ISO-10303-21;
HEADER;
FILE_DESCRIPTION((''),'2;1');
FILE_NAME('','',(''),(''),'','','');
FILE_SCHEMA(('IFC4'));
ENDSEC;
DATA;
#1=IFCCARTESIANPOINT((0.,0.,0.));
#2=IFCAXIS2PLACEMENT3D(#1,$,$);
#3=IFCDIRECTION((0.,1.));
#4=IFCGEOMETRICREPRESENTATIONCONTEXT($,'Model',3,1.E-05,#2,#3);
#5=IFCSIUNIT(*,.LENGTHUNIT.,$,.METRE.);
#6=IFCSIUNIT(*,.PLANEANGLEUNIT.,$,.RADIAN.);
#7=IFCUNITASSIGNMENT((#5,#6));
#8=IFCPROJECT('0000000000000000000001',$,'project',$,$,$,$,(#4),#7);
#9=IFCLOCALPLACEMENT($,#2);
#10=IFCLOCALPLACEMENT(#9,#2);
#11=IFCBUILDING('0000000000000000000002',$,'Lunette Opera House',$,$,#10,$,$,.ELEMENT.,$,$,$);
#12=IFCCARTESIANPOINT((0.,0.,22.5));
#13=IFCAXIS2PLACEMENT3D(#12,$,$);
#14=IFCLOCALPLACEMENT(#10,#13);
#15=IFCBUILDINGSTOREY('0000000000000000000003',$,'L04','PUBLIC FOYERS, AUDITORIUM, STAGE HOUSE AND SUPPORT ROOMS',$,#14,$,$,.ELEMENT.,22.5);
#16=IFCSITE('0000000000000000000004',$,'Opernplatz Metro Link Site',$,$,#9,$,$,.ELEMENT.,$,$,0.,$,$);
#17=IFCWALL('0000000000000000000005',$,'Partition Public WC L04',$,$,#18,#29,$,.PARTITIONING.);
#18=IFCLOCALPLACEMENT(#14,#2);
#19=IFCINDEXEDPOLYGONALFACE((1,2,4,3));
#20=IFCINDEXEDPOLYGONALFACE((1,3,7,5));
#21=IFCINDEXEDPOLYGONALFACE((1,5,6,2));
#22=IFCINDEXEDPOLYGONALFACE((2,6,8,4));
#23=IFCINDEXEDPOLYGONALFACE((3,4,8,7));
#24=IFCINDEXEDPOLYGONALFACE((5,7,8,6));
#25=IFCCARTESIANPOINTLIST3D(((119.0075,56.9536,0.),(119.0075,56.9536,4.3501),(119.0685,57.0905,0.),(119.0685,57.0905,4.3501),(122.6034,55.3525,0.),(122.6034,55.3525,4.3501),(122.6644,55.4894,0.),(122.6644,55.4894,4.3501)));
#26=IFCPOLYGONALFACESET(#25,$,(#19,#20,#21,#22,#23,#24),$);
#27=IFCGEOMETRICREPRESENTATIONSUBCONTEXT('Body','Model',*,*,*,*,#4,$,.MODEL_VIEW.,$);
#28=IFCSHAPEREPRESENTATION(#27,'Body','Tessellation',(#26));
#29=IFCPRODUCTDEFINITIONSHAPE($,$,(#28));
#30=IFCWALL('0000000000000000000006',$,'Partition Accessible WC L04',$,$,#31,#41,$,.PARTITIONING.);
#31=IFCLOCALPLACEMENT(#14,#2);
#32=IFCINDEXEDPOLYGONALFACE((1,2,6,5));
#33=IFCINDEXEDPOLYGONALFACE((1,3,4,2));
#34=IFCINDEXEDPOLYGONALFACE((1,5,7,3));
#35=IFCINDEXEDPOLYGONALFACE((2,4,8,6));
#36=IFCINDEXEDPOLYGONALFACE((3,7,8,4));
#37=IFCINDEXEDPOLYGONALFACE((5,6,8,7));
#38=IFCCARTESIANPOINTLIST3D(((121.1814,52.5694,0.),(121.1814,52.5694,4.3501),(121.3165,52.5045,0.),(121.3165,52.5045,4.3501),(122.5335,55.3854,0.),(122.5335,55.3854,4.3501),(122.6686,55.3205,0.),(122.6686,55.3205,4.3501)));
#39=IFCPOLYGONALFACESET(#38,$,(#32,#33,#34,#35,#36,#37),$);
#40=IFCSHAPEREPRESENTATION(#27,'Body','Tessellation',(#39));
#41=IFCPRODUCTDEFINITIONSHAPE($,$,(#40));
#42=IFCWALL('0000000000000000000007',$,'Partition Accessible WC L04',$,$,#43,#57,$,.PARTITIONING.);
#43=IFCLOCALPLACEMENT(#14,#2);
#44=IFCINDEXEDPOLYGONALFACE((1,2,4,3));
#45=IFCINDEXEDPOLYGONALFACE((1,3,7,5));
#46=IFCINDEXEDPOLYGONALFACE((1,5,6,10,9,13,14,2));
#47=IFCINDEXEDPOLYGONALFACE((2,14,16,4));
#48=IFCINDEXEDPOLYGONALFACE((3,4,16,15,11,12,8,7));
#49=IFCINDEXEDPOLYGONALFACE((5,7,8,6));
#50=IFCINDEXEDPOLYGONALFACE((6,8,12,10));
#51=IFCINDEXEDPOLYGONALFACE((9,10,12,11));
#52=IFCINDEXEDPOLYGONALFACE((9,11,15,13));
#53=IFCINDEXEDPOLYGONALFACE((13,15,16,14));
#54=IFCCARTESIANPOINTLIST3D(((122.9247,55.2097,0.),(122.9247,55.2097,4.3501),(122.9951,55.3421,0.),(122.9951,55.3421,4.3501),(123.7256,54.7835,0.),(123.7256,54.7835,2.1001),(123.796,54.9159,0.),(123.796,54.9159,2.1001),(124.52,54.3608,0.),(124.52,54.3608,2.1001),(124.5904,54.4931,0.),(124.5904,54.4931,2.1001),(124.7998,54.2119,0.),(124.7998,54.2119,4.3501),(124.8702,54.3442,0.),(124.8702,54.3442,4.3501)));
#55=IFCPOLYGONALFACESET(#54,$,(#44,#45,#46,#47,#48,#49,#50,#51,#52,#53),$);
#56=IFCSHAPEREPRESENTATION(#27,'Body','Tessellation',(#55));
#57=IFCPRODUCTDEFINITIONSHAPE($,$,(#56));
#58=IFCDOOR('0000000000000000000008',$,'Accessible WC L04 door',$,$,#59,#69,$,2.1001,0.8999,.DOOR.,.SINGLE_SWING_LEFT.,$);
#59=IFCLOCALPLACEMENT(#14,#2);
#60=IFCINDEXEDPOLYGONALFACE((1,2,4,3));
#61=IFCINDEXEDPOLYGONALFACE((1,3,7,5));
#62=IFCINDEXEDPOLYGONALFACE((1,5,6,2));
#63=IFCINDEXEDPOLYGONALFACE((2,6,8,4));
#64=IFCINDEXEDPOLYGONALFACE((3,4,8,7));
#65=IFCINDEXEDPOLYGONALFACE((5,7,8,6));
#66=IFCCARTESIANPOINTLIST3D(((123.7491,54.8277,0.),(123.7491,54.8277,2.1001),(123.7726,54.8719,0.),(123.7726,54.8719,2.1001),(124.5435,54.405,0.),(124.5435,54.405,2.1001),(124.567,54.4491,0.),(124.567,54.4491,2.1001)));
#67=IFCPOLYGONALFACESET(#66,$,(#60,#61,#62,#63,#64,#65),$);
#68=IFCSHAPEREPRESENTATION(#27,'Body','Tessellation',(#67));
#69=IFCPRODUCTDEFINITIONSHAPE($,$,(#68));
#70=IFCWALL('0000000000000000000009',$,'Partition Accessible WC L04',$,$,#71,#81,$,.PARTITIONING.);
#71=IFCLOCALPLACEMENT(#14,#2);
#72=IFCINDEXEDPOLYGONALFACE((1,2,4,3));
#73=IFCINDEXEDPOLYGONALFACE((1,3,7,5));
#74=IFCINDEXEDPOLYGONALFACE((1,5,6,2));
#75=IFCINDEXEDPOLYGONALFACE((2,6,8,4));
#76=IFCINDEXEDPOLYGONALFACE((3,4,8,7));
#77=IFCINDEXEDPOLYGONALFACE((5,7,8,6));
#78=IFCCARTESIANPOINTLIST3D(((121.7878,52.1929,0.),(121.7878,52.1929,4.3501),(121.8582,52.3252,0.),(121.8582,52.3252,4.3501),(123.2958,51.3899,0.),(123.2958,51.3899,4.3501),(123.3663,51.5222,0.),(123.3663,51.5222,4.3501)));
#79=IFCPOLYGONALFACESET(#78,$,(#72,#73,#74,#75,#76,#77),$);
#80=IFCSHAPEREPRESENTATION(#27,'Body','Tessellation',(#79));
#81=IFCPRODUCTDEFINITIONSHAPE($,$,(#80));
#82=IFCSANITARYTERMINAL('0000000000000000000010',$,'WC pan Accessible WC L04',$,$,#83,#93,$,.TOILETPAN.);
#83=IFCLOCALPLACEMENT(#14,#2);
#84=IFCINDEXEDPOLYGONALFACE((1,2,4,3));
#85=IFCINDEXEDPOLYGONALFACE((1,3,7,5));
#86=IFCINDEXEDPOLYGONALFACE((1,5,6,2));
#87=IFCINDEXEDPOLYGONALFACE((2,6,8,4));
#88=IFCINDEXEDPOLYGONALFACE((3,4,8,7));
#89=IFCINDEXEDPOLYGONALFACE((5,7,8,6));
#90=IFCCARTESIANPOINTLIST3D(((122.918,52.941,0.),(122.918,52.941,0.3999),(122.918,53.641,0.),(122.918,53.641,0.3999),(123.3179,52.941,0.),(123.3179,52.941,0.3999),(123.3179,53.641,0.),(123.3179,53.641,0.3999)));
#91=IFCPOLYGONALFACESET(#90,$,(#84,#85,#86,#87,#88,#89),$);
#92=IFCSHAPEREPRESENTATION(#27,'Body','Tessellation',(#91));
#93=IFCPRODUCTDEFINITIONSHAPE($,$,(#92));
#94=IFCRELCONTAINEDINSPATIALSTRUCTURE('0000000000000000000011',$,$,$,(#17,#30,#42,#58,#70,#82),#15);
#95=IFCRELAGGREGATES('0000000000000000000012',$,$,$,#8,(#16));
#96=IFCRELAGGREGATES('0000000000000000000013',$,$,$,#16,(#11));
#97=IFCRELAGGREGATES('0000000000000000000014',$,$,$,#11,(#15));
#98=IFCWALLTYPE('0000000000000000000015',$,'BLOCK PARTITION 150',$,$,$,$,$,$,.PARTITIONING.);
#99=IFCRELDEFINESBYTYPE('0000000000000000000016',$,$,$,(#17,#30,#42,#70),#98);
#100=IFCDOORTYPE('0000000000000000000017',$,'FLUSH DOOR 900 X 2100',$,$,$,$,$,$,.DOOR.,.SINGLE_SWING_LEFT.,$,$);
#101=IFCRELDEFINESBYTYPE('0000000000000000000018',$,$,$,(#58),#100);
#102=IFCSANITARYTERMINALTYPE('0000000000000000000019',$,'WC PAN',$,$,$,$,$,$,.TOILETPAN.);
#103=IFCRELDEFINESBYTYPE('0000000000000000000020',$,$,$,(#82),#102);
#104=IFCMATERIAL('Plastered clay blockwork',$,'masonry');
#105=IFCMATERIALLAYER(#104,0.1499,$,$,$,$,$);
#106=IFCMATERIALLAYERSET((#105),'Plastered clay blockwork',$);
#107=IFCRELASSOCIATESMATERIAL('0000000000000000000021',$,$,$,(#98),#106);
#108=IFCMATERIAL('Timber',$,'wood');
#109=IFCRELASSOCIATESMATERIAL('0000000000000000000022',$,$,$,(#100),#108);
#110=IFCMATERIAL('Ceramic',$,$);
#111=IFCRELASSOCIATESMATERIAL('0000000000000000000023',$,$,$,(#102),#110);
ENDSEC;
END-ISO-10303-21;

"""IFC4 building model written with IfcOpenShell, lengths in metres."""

from ifc_helpers import new_model, si_unit, direction, frame, frame_2d, origin, origin_2d, place, context, subcontext, project, spatial, rectangle, extrude, material, layer, layer_set, type_object, element, fill, save


model = new_model("IFC4")

# Units and contexts
model_context = context("Model", 3, precision=1e-05, world=origin(), true_north=direction((0.0, 1.0)))
body_context = subcontext(model_context, "Body", "Model", "MODEL_VIEW")
ifc_project = project(units=[si_unit("LENGTHUNIT", "METRE"), si_unit("PLANEANGLEUNIT", "RADIAN")], contexts=[model_context])

# Site, building, storey
site_placement = place(None, origin())
site = spatial("IfcSite", under=ifc_project, at=site_placement, Name="Opernplatz Metro Link Site", CompositionType="ELEMENT", RefElevation=0.0)
building_placement = place(site_placement, origin())
building = spatial("IfcBuilding", under=site, at=building_placement, Name="Lunette Opera House", CompositionType="ELEMENT")
storey_placement = place(building_placement, frame((0.0, 0.0, 22.5)))
storey = spatial("IfcBuildingStorey", under=building, at=storey_placement, Name="L04", Description="PUBLIC FOYERS, AUDITORIUM, STAGE HOUSE AND SUPPORT ROOMS", CompositionType="ELEMENT", Elevation=22.5)

# Shared definitions
ifc_material_1 = material(Name="Plastered clay blockwork", Category="masonry")
ifc_layer_1 = layer(ifc_material_1, 0.1499)
ifc_layer_set_1 = layer_set([ifc_layer_1], Name="Plastered clay blockwork")
wall_type_1 = type_object("IfcWallType", Name="BLOCK PARTITION 150", PredefinedType="PARTITIONING", material=ifc_layer_set_1)
ifc_material_2 = material(Name="Timber", Category="wood")
door_type = type_object("IfcDoorType", Name="FLUSH DOOR 900 X 2100", OperationType="SINGLE_SWING_LEFT", PredefinedType="DOOR", material=ifc_material_2)

# Walls
wall_1_placement = place(storey_placement, frame((122.634, 55.4209, 0.0), z_axis=(0.0, 0.0, 1.0), x_axis=(-0.91354, 0.406748, 0.0)))
element("IfcWall", 1, at=wall_1_placement, inside=storey, type_object=wall_type_1, Name="Partition Public WC L04", PredefinedType="PARTITIONING", context=body_context, shape_type="SweptSolid", body=[
    extrude(rectangle(XDim=3.9363, YDim=0.1499, at=frame_2d((1.9683, 0.0))), origin(), (0.0, 0.0, 1.0), 4.3501),
])
wall_2_placement = place(storey_placement, frame((122.6011, 55.353, 0.0), z_axis=(0.0, 0.0, 1.0), x_axis=(-0.432838, -0.901472, 0.0)))
element("IfcWall", 2, at=wall_2_placement, inside=storey, type_object=wall_type_1, Name="Partition Accessible WC L04", PredefinedType="PARTITIONING", context=body_context, shape_type="SweptSolid", body=[
    extrude(rectangle(XDim=3.1238, YDim=0.1499, at=frame_2d((1.562, 0.0))), origin(), (0.0, 0.0, 1.0), 4.3501),
])

# Wall, opening, door
wall_3_placement = place(storey_placement, frame((124.835, 54.2781, 0.0), z_axis=(0.0, 0.0, 1.0), x_axis=(-0.882782, 0.469783, 0.0)))
wall_3 = element("IfcWall", 3, at=wall_3_placement, inside=storey, type_object=wall_type_1, Name="Partition Accessible WC L04", PredefinedType="PARTITIONING", context=body_context, shape_type="SweptSolid", body=[
    extrude(rectangle(XDim=2.124, YDim=0.1499, at=frame_2d((1.062, 0.0))), origin(), (0.0, 0.0, 1.0), 4.3501),
])
opening_1_placement = place(wall_3_placement, frame((0.3169, 0.0, 0.0)))
opening_1 = element("IfcOpeningElement", 4, at=opening_1_placement, cuts=wall_3, PredefinedType="OPENING", context=body_context, shape_type="SweptSolid", body=[
    extrude(rectangle(XDim=0.8999, YDim=2.1001, at=frame_2d((0.45, 1.05))), frame((0.0, 0.0869, 0.0), z_axis=(0.0, -1.0, 0.0), x_axis=(1.0, 0.0, 0.0)), (0.0, 0.0, 1.0), 0.1738),
])
door_1_placement = place(opening_1_placement, origin())
door_1 = element("IfcDoor", 5, at=door_1_placement, inside=storey, type_object=door_type, Name="Accessible WC L04 door", OperationType="SINGLE_SWING_LEFT", OverallHeight=2.1001, OverallWidth=0.8999, PredefinedType="DOOR", context=body_context, shape_type="SweptSolid", body=[
    extrude(rectangle(XDim=0.8999, YDim=2.1001, at=frame_2d((0.45, 1.05))), frame((0.0, 0.0249, 0.0), z_axis=(0.0, -1.0, 0.0), x_axis=(1.0, 0.0, 0.0)), (0.0, 0.0, 1.0), 0.05),
])
fill(opening_1, door_1)

# Wall
wall_4_placement = place(storey_placement, frame((121.823, 52.259, 0.0), z_axis=(0.0, 0.0, 1.0), x_axis=(0.882673, -0.469987, 0.0)))
element("IfcWall", 6, at=wall_4_placement, inside=storey, type_object=wall_type_1, Name="Partition Accessible WC L04", PredefinedType="PARTITIONING", context=body_context, shape_type="SweptSolid", body=[
    extrude(rectangle(XDim=1.7085, YDim=0.1499, at=frame_2d((0.8542, 0.0))), origin(), (0.0, 0.0, 1.0), 4.3501),
])

# Sanitary terminal
ifc_material_3 = material(Name="Ceramic")
sanitary_terminal_type = type_object("IfcSanitaryTerminalType", Name="WC PAN", PredefinedType="TOILETPAN", material=ifc_material_3)
sanitary_terminal_placement = place(storey_placement, frame((123.1179, 53.291, 0.0), z_axis=(0.0, 0.0, 1.0), x_axis=(1.0, 0.0, 0.0)))
element("IfcSanitaryTerminal", 7, at=sanitary_terminal_placement, inside=storey, type_object=sanitary_terminal_type, Name="WC pan Accessible WC L04", PredefinedType="TOILETPAN", context=body_context, shape_type="SweptSolid", body=[
    extrude(rectangle(XDim=0.3999, YDim=0.7, at=origin_2d()), origin(), (0.0, 0.0, 1.0), 0.3999),
])

save(model, "model.ifc")
